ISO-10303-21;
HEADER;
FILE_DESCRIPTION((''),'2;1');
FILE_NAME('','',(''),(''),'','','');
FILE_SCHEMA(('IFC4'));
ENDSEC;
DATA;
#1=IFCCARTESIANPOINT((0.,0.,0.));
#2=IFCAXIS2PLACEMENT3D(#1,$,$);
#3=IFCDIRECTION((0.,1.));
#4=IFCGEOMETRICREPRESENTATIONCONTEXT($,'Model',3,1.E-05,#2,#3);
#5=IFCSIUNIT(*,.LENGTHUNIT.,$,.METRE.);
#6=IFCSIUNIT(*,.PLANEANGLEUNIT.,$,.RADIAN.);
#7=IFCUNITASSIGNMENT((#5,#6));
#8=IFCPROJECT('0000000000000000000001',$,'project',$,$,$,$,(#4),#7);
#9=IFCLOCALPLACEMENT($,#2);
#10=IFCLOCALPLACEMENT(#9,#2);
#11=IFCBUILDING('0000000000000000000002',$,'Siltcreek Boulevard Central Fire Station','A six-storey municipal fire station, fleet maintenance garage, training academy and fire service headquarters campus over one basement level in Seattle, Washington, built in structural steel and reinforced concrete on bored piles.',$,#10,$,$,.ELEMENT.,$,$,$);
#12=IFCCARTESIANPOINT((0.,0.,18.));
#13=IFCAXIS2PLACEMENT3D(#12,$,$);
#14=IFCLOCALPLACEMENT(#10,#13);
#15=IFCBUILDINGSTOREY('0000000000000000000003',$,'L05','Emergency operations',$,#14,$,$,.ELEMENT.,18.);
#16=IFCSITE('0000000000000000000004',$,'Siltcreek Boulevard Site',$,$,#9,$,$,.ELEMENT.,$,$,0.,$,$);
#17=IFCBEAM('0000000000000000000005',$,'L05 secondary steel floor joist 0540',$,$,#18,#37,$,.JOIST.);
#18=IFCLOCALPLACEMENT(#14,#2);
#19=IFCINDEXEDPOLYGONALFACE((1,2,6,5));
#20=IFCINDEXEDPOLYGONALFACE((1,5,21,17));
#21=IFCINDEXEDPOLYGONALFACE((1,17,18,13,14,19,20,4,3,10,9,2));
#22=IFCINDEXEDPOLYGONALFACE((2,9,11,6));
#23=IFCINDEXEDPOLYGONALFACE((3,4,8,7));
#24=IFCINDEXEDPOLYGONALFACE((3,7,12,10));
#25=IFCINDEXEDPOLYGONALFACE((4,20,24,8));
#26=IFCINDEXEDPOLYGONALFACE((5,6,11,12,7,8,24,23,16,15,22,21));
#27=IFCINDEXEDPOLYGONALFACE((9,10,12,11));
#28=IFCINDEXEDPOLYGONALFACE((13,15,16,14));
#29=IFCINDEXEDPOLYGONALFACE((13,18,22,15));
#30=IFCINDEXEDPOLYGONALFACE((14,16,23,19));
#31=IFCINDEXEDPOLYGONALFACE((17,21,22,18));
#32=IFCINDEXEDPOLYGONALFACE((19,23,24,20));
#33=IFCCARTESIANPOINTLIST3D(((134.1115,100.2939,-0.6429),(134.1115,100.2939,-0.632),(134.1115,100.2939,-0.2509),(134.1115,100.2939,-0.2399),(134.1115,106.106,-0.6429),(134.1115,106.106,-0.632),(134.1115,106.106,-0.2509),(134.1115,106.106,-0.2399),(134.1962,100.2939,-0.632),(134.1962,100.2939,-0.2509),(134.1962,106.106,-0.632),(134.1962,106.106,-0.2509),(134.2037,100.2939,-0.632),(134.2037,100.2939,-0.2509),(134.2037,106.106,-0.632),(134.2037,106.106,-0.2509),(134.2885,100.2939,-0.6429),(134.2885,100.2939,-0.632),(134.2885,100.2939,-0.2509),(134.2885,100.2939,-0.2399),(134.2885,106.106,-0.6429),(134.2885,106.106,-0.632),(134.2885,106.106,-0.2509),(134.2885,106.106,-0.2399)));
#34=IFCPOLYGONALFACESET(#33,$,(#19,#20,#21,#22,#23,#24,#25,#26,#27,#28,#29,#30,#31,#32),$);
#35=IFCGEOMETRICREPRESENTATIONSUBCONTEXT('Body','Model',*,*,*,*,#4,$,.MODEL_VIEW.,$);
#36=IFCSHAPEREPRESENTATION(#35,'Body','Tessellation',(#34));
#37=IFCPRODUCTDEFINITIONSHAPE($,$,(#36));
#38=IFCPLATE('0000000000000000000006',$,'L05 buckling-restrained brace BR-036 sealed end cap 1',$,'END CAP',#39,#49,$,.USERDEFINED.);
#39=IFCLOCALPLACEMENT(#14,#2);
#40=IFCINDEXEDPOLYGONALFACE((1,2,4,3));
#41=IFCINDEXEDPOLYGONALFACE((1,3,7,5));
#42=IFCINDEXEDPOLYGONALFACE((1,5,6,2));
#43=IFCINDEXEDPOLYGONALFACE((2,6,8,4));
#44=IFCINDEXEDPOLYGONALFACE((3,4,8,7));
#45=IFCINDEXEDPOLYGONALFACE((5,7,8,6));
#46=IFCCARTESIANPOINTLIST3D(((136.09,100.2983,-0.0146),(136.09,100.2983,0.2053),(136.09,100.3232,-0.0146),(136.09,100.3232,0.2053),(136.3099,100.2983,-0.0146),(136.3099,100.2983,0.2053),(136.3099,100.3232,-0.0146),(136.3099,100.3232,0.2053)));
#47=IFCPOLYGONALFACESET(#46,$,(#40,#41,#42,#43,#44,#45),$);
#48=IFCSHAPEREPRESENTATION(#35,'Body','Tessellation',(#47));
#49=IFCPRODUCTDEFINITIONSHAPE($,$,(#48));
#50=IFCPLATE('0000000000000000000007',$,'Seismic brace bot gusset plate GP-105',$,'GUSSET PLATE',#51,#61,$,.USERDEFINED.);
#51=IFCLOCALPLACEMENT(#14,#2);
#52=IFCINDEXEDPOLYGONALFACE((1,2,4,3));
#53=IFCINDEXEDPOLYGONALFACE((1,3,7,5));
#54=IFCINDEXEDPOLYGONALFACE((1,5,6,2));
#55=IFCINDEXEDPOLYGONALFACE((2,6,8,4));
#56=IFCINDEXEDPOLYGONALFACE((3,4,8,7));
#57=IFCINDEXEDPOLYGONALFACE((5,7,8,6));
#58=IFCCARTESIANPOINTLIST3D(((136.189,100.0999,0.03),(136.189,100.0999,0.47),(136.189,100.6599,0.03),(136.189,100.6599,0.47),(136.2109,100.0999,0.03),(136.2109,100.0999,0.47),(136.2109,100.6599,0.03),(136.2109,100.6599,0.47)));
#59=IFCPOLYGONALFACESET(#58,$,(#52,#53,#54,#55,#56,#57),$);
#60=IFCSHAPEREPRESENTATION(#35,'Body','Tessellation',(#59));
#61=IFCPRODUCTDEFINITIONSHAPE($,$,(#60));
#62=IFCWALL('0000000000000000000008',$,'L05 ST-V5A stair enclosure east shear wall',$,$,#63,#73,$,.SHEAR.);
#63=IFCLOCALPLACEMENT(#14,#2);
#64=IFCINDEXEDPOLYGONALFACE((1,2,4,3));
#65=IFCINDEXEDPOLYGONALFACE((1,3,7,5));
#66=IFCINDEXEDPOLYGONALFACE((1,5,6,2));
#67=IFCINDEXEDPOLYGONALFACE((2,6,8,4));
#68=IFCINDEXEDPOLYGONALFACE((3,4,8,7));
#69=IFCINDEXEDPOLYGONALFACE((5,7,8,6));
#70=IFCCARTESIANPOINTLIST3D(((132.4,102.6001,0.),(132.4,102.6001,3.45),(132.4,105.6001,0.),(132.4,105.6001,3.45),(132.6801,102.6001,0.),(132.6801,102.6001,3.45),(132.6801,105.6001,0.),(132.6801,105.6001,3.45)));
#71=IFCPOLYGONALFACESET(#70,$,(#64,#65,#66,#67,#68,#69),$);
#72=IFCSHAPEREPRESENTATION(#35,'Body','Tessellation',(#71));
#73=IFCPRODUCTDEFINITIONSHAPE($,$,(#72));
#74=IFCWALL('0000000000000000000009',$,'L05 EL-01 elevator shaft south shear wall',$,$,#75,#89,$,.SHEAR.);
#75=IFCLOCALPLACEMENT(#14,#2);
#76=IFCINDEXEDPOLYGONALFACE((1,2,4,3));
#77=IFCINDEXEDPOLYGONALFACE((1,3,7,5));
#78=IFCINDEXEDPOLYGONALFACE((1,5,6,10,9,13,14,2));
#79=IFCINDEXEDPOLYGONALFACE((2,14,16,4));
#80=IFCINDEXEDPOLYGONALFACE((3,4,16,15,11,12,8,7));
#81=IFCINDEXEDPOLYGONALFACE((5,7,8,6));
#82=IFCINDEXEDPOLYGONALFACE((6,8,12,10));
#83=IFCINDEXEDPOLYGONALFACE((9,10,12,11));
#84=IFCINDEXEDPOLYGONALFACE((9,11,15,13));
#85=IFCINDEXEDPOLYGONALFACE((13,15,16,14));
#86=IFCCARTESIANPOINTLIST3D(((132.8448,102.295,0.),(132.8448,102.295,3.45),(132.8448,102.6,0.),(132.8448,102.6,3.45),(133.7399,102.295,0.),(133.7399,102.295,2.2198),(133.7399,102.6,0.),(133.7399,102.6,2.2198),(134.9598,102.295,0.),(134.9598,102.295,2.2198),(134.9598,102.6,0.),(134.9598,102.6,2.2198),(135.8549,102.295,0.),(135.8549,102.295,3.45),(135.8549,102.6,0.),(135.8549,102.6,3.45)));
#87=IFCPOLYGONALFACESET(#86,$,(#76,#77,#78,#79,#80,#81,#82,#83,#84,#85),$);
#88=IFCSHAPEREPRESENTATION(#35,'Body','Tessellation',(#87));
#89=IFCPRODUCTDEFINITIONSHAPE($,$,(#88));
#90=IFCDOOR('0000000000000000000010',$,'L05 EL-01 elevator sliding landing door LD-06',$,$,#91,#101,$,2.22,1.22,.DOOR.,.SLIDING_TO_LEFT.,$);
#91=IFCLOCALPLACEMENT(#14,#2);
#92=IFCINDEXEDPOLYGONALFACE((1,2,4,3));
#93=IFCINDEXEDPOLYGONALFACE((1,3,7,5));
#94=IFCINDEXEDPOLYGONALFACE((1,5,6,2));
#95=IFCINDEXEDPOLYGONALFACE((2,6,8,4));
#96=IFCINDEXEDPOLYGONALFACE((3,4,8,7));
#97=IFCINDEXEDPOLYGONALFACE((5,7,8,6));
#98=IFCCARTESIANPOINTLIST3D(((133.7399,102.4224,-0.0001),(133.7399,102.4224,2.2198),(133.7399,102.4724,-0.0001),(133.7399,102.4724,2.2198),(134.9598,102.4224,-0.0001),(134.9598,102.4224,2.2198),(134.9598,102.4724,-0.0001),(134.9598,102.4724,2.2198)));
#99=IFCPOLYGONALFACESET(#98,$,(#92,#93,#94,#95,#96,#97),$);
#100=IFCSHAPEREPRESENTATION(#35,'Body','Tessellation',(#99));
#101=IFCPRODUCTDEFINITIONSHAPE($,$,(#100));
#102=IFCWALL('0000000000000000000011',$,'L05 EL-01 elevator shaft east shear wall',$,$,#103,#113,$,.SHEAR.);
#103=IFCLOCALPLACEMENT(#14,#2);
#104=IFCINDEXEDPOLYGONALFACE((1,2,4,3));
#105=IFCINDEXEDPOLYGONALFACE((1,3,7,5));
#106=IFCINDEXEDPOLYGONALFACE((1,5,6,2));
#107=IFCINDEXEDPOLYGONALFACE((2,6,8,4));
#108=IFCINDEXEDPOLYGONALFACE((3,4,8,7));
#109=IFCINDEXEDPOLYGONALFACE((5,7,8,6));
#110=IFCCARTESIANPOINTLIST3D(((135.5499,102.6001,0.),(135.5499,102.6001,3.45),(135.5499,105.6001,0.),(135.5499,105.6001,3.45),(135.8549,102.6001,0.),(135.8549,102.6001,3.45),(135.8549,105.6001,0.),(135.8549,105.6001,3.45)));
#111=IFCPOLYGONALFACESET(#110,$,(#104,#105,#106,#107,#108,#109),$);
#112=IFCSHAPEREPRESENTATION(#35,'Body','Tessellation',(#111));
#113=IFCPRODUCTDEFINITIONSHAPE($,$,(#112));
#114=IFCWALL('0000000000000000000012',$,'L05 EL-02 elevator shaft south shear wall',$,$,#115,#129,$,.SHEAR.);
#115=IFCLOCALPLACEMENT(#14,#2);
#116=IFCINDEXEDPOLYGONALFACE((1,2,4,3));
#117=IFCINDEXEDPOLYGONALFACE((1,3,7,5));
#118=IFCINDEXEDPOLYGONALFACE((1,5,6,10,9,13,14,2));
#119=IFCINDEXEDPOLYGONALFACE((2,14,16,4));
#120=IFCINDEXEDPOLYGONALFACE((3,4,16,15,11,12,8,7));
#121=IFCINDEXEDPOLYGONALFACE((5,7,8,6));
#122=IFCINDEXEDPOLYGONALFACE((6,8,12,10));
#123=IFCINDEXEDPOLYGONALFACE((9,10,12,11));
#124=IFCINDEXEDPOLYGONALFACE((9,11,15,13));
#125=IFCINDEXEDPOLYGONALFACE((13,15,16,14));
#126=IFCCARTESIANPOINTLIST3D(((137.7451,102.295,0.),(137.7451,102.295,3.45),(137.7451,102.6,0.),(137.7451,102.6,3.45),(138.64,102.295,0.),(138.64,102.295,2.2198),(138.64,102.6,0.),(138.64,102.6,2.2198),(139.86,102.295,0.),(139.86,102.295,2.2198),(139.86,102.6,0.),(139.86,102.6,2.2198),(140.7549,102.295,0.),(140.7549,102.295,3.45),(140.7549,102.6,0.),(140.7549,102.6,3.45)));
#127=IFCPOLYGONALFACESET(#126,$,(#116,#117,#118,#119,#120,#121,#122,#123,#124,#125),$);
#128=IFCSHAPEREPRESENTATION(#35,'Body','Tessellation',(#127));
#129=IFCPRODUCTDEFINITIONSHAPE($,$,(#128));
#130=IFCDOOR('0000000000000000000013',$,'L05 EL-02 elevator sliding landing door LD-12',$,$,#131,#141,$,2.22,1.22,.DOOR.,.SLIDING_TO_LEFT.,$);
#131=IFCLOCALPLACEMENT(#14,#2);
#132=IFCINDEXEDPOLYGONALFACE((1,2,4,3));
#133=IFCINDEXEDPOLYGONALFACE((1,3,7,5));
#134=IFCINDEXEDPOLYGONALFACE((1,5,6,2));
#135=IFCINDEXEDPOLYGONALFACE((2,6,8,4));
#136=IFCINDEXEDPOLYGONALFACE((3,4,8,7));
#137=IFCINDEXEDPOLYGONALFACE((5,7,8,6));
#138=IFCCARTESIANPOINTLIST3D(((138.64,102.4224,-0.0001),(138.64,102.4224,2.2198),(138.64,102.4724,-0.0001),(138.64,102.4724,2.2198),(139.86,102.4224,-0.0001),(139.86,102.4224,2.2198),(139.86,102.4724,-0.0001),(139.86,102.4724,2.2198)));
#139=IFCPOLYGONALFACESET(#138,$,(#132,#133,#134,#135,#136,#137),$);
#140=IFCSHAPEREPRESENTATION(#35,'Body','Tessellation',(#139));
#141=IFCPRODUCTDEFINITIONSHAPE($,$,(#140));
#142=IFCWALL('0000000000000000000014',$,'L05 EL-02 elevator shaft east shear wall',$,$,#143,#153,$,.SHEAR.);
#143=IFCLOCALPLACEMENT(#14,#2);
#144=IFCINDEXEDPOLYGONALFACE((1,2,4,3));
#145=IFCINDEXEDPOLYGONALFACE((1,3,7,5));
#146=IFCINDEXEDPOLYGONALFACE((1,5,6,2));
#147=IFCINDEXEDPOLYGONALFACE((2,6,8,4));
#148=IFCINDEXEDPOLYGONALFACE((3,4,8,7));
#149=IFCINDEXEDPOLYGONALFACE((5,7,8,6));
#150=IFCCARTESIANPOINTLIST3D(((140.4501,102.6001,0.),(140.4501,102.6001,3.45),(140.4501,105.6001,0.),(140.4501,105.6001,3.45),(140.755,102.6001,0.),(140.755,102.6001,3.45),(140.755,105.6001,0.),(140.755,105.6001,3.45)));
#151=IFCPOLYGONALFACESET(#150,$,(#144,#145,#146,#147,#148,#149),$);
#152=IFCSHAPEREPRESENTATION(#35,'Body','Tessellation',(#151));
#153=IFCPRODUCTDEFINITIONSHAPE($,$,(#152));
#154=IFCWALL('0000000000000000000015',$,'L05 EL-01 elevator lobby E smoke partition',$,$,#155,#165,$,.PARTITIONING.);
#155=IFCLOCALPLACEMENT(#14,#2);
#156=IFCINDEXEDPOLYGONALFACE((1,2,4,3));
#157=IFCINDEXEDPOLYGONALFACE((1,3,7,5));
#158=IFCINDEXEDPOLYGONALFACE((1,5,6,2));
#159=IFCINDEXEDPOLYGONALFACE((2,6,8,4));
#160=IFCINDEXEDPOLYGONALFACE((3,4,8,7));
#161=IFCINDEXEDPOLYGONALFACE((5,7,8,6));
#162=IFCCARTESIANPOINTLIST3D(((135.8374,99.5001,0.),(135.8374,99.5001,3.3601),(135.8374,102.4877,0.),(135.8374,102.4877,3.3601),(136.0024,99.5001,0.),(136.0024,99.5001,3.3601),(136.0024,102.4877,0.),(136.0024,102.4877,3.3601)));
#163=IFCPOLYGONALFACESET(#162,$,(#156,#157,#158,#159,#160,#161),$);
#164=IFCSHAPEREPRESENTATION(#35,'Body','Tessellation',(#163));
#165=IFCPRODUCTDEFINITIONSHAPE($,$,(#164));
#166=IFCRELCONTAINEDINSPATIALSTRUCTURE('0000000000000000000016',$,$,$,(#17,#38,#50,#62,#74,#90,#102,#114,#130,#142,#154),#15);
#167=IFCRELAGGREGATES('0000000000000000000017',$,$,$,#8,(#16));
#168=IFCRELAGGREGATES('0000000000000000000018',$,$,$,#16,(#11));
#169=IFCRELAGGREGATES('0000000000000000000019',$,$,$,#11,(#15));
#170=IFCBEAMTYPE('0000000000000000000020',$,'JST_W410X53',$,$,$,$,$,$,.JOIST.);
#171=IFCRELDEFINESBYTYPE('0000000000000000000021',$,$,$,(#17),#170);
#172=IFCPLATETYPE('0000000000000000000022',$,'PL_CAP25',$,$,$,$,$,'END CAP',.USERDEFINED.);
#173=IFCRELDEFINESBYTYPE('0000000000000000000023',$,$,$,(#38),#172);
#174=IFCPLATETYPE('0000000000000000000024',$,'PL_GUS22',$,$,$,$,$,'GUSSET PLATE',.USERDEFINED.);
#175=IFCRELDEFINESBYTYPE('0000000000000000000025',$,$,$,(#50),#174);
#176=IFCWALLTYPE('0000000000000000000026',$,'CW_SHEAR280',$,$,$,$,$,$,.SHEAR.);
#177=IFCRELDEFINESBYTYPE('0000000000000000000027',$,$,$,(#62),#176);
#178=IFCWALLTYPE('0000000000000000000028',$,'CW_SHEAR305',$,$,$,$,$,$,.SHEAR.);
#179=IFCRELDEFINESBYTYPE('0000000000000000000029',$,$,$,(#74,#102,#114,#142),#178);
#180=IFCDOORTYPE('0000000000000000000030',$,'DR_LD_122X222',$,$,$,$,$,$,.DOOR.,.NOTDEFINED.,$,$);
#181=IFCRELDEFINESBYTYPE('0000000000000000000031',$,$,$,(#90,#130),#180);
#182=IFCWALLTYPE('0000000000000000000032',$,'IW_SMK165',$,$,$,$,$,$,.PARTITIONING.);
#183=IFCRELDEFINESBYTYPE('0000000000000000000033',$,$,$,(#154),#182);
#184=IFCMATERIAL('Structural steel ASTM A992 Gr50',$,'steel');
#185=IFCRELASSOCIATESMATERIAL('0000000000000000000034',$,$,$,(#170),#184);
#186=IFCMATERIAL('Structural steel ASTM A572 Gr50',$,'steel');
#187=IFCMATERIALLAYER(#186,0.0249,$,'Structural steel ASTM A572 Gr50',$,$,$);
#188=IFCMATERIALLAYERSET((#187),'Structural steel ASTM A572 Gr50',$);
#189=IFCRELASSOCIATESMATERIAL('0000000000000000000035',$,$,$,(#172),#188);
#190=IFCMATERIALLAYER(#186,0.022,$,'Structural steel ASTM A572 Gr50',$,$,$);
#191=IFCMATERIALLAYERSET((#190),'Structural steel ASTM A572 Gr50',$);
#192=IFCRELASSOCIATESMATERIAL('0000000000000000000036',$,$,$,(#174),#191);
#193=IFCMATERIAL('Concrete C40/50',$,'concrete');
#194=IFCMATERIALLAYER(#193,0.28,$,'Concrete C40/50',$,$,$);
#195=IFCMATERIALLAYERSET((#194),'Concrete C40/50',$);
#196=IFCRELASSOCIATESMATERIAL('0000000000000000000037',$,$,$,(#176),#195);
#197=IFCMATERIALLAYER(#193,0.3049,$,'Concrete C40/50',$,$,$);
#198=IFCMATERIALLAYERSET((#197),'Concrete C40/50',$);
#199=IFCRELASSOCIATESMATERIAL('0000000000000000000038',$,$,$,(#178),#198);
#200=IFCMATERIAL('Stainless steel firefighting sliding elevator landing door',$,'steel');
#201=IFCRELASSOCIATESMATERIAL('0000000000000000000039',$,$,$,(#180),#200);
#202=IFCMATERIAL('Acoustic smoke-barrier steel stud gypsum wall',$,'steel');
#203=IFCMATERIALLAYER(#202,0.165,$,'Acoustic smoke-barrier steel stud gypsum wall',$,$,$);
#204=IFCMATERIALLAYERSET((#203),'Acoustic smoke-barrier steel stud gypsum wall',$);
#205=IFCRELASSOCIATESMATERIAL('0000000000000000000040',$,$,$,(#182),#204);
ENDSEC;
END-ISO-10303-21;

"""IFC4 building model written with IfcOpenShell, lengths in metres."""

from ifc_helpers import new_model, si_unit, direction, frame, frame_2d, origin, origin_2d, place, context, subcontext, project, spatial, rectangle, i_section, extrude, material, layer, layer_set, material_profile, profile_set, type_object, element, fill, save


model = new_model("IFC4")

# Units and contexts
model_context = context("Model", 3, precision=1e-05, world=origin(), true_north=direction((0.0, 1.0)))
body_context = subcontext(model_context, "Body", "Model", "MODEL_VIEW")
ifc_project = project(units=[si_unit("LENGTHUNIT", "METRE"), si_unit("PLANEANGLEUNIT", "RADIAN")], contexts=[model_context])

# Site, building, storey
site_placement = place(None, origin())
site = spatial("IfcSite", under=ifc_project, at=site_placement, Name="Siltcreek Boulevard Site", CompositionType="ELEMENT", RefElevation=0.0)
building_placement = place(site_placement, origin())
building = spatial("IfcBuilding", under=site, at=building_placement, Name="Siltcreek Boulevard Central Fire Station", Description="A six-storey municipal fire station, fleet maintenance garage, training academy and fire service headquarters campus over one basement level in Seattle, Washington, built in structural steel and reinforced concrete on bored piles.", CompositionType="ELEMENT")
storey_placement = place(building_placement, frame((0.0, 0.0, 18.0)))
storey = spatial("IfcBuildingStorey", under=building, at=storey_placement, Name="L05", Description="Emergency operations", CompositionType="ELEMENT", Elevation=18.0)

# Shared definitions
ifc_material_1 = material(Name="Structural steel ASTM A992 Gr50", Category="steel")

# Beam
ifc_material_profile_1 = material_profile(ifc_material_1, i_section(OverallWidth=0.177, OverallDepth=0.4031, WebThickness=0.0076, FlangeThickness=0.011, at=origin_2d()), Name="W410X53")
ifc_profile_set_1 = profile_set([ifc_material_profile_1], Name="Structural steel ASTM A992 Gr50")
beam_type_1 = type_object("IfcBeamType", Name="JST_W410X53", PredefinedType="JOIST", material=ifc_profile_set_1)
beam_1_placement = place(storey_placement, frame((134.2, 100.2939, -0.4414), z_axis=(0.0, 1.0, 0.0), x_axis=(-1.0, 0.0, 0.0)))
element("IfcBeam", 1, at=beam_1_placement, inside=storey, type_object=beam_type_1, Name="L05 secondary steel floor joist 0540", PredefinedType="JOIST", context=body_context, shape_type="SweptSolid", body=[
    extrude(i_section(OverallWidth=0.177, OverallDepth=0.4031, WebThickness=0.0076, FlangeThickness=0.011, at=origin_2d()), origin(), (0.0, 0.0, 1.0), 5.812),
])

# Plates
ifc_material_2 = material(Name="Structural steel ASTM A572 Gr50", Category="steel")
ifc_layer_1 = layer(ifc_material_2, 0.0249, Name="Structural steel ASTM A572 Gr50")
ifc_layer_set_1 = layer_set([ifc_layer_1], Name="Structural steel ASTM A572 Gr50")
plate_type_1 = type_object("IfcPlateType", Name="PL_CAP25", ElementType="END CAP", PredefinedType="USERDEFINED", material=ifc_layer_set_1)
plate_1_placement = place(storey_placement, frame((136.2, 100.3108, -0.0146), z_axis=(0.0, 0.0, 1.0), x_axis=(0.0, 1.0, 0.0)))
element("IfcPlate", 2, at=plate_1_placement, inside=storey, type_object=plate_type_1, Name="L05 buckling-restrained brace BR-036 sealed end cap 1", ObjectType="END CAP", PredefinedType="USERDEFINED", context=body_context, shape_type="SweptSolid", body=[
    extrude(rectangle(XDim=0.0249, YDim=0.22, at=origin_2d()), origin(), (0.0, 0.0, 1.0), 0.22),
])
ifc_layer_2 = layer(ifc_material_2, 0.022, Name="Structural steel ASTM A572 Gr50")
ifc_layer_set_2 = layer_set([ifc_layer_2], Name="Structural steel ASTM A572 Gr50")
plate_type_2 = type_object("IfcPlateType", Name="PL_GUS22", ElementType="GUSSET PLATE", PredefinedType="USERDEFINED", material=ifc_layer_set_2)
plate_2_placement = place(storey_placement, frame((136.2, 100.3799, 0.03), z_axis=(0.0, 0.0, 1.0), x_axis=(0.0, 1.0, 0.0)))
element("IfcPlate", 3, at=plate_2_placement, inside=storey, type_object=plate_type_2, Name="Seismic brace bot gusset plate GP-105", ObjectType="GUSSET PLATE", PredefinedType="USERDEFINED", context=body_context, shape_type="SweptSolid", body=[
    extrude(rectangle(XDim=0.5601, YDim=0.022, at=origin_2d()), origin(), (0.0, 0.0, 1.0), 0.4399),
])

# Wall
ifc_material_3 = material(Name="Concrete C40/50", Category="concrete")
ifc_layer_3 = layer(ifc_material_3, 0.28, Name="Concrete C40/50")
ifc_layer_set_3 = layer_set([ifc_layer_3], Name="Concrete C40/50")
wall_type_1 = type_object("IfcWallType", Name="CW_SHEAR280", PredefinedType="SHEAR", material=ifc_layer_set_3)
wall_1_placement = place(storey_placement, frame((132.54, 102.6001, 0.0), z_axis=(0.0, 0.0, 1.0), x_axis=(0.0, 1.0, 0.0)))
element("IfcWall", 4, at=wall_1_placement, inside=storey, type_object=wall_type_1, Name="L05 ST-V5A stair enclosure east shear wall", PredefinedType="SHEAR", context=body_context, shape_type="SweptSolid", body=[
    extrude(rectangle(XDim=3.0, YDim=0.28, at=frame_2d((1.5, 0.0))), origin(), (0.0, 0.0, 1.0), 3.45),
])

# Wall, opening, door
ifc_layer_4 = layer(ifc_material_3, 0.3049, Name="Concrete C40/50")
ifc_layer_set_4 = layer_set([ifc_layer_4], Name="Concrete C40/50")
wall_type_2 = type_object("IfcWallType", Name="CW_SHEAR305", PredefinedType="SHEAR", material=ifc_layer_set_4)
wall_2_placement = place(storey_placement, frame((132.845, 102.4475, 0.0), z_axis=(0.0, 0.0, 1.0), x_axis=(1.0, 0.0, 0.0)))
wall_2 = element("IfcWall", 5, at=wall_2_placement, inside=storey, type_object=wall_type_2, Name="L05 EL-01 elevator shaft south shear wall", PredefinedType="SHEAR", context=body_context, shape_type="SweptSolid", body=[
    extrude(rectangle(XDim=3.01, YDim=0.3049, at=frame_2d((1.5049, 0.0))), origin(), (0.0, 0.0, 1.0), 3.45),
])
opening_1_placement = place(wall_2_placement, frame((0.895, 0.0, 0.0)))
opening_1 = element("IfcOpeningElement", 6, at=opening_1_placement, cuts=wall_2, PredefinedType="OPENING", context=body_context, shape_type="SweptSolid", body=[
    extrude(rectangle(XDim=1.22, YDim=2.22, at=frame_2d((0.6099, 1.1099))), frame((0.0, 0.1624, 0.0), z_axis=(0.0, -1.0, 0.0), x_axis=(1.0, 0.0, 0.0)), (0.0, 0.0, 1.0), 0.325),
])
ifc_material_4 = material(Name="Stainless steel firefighting sliding elevator landing door", Category="steel")
door_type_1 = type_object("IfcDoorType", Name="DR_LD_122X222", OperationType="NOTDEFINED", PredefinedType="DOOR", material=ifc_material_4)
door_1_placement = place(opening_1_placement, origin())
door_1 = element("IfcDoor", 7, at=door_1_placement, inside=storey, type_object=door_type_1, Name="L05 EL-01 elevator sliding landing door LD-06", OperationType="SLIDING_TO_LEFT", OverallHeight=2.22, OverallWidth=1.22, PredefinedType="DOOR", context=body_context, shape_type="SweptSolid", body=[
    extrude(rectangle(XDim=1.22, YDim=2.22, at=frame_2d((0.6099, 1.1099))), frame((0.0, 0.0249, 0.0), z_axis=(0.0, -1.0, 0.0), x_axis=(1.0, 0.0, 0.0)), (0.0, 0.0, 1.0), 0.05),
])
fill(opening_1, door_1)

# Wall
wall_3_placement = place(storey_placement, frame((135.7024, 102.6001, 0.0), z_axis=(0.0, 0.0, 1.0), x_axis=(0.0, 1.0, 0.0)))
element("IfcWall", 8, at=wall_3_placement, inside=storey, type_object=wall_type_2, Name="L05 EL-01 elevator shaft east shear wall", PredefinedType="SHEAR", context=body_context, shape_type="SweptSolid", body=[
    extrude(rectangle(XDim=3.0, YDim=0.3049, at=frame_2d((1.5, 0.0))), origin(), (0.0, 0.0, 1.0), 3.45),
])

# Wall, opening, door
wall_4_placement = place(storey_placement, frame((137.7451, 102.4475, 0.0), z_axis=(0.0, 0.0, 1.0), x_axis=(1.0, 0.0, 0.0)))
wall_4 = element("IfcWall", 9, at=wall_4_placement, inside=storey, type_object=wall_type_2, Name="L05 EL-02 elevator shaft south shear wall", PredefinedType="SHEAR", context=body_context, shape_type="SweptSolid", body=[
    extrude(rectangle(XDim=3.0098, YDim=0.3049, at=frame_2d((1.5049, 0.0))), origin(), (0.0, 0.0, 1.0), 3.45),
])
opening_2_placement = place(wall_4_placement, frame((0.895, 0.0, 0.0)))
opening_2 = element("IfcOpeningElement", 10, at=opening_2_placement, cuts=wall_4, PredefinedType="OPENING", context=body_context, shape_type="SweptSolid", body=[
    extrude(rectangle(XDim=1.22, YDim=2.22, at=frame_2d((0.6099, 1.1099))), frame((0.0, 0.1624, 0.0), z_axis=(0.0, -1.0, 0.0), x_axis=(1.0, 0.0, 0.0)), (0.0, 0.0, 1.0), 0.325),
])
door_2_placement = place(opening_2_placement, origin())
door_2 = element("IfcDoor", 11, at=door_2_placement, inside=storey, type_object=door_type_1, Name="L05 EL-02 elevator sliding landing door LD-12", OperationType="SLIDING_TO_LEFT", OverallHeight=2.22, OverallWidth=1.22, PredefinedType="DOOR", context=body_context, shape_type="SweptSolid", body=[
    extrude(rectangle(XDim=1.22, YDim=2.22, at=frame_2d((0.6099, 1.1099))), frame((0.0, 0.0249, 0.0), z_axis=(0.0, -1.0, 0.0), x_axis=(1.0, 0.0, 0.0)), (0.0, 0.0, 1.0), 0.05),
])
fill(opening_2, door_2)

# Walls
wall_5_placement = place(storey_placement, frame((140.6025, 102.6001, 0.0), z_axis=(0.0, 0.0, 1.0), x_axis=(0.0, 1.0, 0.0)))
element("IfcWall", 12, at=wall_5_placement, inside=storey, type_object=wall_type_2, Name="L05 EL-02 elevator shaft east shear wall", PredefinedType="SHEAR", context=body_context, shape_type="SweptSolid", body=[
    extrude(rectangle(XDim=3.0, YDim=0.3049, at=frame_2d((1.5, 0.0))), origin(), (0.0, 0.0, 1.0), 3.45),
])
ifc_material_5 = material(Name="Acoustic smoke-barrier steel stud gypsum wall", Category="steel")
ifc_layer_5 = layer(ifc_material_5, 0.165, Name="Acoustic smoke-barrier steel stud gypsum wall")
ifc_layer_set_5 = layer_set([ifc_layer_5], Name="Acoustic smoke-barrier steel stud gypsum wall")
wall_type_3 = type_object("IfcWallType", Name="IW_SMK165", PredefinedType="PARTITIONING", material=ifc_layer_set_5)
wall_6_placement = place(storey_placement, frame((135.9199, 102.4875, 0.0), z_axis=(0.0, 0.0, 1.0), x_axis=(0.0, -1.0, 0.0)))
element("IfcWall", 13, at=wall_6_placement, inside=storey, type_object=wall_type_3, Name="L05 EL-01 elevator lobby E smoke partition", PredefinedType="PARTITIONING", context=body_context, shape_type="SweptSolid", body=[
    extrude(rectangle(XDim=2.9875, YDim=0.165, at=frame_2d((1.4937, 0.0))), origin(), (0.0, 0.0, 1.0), 3.3601),
])

save(model, "model.ifc")
